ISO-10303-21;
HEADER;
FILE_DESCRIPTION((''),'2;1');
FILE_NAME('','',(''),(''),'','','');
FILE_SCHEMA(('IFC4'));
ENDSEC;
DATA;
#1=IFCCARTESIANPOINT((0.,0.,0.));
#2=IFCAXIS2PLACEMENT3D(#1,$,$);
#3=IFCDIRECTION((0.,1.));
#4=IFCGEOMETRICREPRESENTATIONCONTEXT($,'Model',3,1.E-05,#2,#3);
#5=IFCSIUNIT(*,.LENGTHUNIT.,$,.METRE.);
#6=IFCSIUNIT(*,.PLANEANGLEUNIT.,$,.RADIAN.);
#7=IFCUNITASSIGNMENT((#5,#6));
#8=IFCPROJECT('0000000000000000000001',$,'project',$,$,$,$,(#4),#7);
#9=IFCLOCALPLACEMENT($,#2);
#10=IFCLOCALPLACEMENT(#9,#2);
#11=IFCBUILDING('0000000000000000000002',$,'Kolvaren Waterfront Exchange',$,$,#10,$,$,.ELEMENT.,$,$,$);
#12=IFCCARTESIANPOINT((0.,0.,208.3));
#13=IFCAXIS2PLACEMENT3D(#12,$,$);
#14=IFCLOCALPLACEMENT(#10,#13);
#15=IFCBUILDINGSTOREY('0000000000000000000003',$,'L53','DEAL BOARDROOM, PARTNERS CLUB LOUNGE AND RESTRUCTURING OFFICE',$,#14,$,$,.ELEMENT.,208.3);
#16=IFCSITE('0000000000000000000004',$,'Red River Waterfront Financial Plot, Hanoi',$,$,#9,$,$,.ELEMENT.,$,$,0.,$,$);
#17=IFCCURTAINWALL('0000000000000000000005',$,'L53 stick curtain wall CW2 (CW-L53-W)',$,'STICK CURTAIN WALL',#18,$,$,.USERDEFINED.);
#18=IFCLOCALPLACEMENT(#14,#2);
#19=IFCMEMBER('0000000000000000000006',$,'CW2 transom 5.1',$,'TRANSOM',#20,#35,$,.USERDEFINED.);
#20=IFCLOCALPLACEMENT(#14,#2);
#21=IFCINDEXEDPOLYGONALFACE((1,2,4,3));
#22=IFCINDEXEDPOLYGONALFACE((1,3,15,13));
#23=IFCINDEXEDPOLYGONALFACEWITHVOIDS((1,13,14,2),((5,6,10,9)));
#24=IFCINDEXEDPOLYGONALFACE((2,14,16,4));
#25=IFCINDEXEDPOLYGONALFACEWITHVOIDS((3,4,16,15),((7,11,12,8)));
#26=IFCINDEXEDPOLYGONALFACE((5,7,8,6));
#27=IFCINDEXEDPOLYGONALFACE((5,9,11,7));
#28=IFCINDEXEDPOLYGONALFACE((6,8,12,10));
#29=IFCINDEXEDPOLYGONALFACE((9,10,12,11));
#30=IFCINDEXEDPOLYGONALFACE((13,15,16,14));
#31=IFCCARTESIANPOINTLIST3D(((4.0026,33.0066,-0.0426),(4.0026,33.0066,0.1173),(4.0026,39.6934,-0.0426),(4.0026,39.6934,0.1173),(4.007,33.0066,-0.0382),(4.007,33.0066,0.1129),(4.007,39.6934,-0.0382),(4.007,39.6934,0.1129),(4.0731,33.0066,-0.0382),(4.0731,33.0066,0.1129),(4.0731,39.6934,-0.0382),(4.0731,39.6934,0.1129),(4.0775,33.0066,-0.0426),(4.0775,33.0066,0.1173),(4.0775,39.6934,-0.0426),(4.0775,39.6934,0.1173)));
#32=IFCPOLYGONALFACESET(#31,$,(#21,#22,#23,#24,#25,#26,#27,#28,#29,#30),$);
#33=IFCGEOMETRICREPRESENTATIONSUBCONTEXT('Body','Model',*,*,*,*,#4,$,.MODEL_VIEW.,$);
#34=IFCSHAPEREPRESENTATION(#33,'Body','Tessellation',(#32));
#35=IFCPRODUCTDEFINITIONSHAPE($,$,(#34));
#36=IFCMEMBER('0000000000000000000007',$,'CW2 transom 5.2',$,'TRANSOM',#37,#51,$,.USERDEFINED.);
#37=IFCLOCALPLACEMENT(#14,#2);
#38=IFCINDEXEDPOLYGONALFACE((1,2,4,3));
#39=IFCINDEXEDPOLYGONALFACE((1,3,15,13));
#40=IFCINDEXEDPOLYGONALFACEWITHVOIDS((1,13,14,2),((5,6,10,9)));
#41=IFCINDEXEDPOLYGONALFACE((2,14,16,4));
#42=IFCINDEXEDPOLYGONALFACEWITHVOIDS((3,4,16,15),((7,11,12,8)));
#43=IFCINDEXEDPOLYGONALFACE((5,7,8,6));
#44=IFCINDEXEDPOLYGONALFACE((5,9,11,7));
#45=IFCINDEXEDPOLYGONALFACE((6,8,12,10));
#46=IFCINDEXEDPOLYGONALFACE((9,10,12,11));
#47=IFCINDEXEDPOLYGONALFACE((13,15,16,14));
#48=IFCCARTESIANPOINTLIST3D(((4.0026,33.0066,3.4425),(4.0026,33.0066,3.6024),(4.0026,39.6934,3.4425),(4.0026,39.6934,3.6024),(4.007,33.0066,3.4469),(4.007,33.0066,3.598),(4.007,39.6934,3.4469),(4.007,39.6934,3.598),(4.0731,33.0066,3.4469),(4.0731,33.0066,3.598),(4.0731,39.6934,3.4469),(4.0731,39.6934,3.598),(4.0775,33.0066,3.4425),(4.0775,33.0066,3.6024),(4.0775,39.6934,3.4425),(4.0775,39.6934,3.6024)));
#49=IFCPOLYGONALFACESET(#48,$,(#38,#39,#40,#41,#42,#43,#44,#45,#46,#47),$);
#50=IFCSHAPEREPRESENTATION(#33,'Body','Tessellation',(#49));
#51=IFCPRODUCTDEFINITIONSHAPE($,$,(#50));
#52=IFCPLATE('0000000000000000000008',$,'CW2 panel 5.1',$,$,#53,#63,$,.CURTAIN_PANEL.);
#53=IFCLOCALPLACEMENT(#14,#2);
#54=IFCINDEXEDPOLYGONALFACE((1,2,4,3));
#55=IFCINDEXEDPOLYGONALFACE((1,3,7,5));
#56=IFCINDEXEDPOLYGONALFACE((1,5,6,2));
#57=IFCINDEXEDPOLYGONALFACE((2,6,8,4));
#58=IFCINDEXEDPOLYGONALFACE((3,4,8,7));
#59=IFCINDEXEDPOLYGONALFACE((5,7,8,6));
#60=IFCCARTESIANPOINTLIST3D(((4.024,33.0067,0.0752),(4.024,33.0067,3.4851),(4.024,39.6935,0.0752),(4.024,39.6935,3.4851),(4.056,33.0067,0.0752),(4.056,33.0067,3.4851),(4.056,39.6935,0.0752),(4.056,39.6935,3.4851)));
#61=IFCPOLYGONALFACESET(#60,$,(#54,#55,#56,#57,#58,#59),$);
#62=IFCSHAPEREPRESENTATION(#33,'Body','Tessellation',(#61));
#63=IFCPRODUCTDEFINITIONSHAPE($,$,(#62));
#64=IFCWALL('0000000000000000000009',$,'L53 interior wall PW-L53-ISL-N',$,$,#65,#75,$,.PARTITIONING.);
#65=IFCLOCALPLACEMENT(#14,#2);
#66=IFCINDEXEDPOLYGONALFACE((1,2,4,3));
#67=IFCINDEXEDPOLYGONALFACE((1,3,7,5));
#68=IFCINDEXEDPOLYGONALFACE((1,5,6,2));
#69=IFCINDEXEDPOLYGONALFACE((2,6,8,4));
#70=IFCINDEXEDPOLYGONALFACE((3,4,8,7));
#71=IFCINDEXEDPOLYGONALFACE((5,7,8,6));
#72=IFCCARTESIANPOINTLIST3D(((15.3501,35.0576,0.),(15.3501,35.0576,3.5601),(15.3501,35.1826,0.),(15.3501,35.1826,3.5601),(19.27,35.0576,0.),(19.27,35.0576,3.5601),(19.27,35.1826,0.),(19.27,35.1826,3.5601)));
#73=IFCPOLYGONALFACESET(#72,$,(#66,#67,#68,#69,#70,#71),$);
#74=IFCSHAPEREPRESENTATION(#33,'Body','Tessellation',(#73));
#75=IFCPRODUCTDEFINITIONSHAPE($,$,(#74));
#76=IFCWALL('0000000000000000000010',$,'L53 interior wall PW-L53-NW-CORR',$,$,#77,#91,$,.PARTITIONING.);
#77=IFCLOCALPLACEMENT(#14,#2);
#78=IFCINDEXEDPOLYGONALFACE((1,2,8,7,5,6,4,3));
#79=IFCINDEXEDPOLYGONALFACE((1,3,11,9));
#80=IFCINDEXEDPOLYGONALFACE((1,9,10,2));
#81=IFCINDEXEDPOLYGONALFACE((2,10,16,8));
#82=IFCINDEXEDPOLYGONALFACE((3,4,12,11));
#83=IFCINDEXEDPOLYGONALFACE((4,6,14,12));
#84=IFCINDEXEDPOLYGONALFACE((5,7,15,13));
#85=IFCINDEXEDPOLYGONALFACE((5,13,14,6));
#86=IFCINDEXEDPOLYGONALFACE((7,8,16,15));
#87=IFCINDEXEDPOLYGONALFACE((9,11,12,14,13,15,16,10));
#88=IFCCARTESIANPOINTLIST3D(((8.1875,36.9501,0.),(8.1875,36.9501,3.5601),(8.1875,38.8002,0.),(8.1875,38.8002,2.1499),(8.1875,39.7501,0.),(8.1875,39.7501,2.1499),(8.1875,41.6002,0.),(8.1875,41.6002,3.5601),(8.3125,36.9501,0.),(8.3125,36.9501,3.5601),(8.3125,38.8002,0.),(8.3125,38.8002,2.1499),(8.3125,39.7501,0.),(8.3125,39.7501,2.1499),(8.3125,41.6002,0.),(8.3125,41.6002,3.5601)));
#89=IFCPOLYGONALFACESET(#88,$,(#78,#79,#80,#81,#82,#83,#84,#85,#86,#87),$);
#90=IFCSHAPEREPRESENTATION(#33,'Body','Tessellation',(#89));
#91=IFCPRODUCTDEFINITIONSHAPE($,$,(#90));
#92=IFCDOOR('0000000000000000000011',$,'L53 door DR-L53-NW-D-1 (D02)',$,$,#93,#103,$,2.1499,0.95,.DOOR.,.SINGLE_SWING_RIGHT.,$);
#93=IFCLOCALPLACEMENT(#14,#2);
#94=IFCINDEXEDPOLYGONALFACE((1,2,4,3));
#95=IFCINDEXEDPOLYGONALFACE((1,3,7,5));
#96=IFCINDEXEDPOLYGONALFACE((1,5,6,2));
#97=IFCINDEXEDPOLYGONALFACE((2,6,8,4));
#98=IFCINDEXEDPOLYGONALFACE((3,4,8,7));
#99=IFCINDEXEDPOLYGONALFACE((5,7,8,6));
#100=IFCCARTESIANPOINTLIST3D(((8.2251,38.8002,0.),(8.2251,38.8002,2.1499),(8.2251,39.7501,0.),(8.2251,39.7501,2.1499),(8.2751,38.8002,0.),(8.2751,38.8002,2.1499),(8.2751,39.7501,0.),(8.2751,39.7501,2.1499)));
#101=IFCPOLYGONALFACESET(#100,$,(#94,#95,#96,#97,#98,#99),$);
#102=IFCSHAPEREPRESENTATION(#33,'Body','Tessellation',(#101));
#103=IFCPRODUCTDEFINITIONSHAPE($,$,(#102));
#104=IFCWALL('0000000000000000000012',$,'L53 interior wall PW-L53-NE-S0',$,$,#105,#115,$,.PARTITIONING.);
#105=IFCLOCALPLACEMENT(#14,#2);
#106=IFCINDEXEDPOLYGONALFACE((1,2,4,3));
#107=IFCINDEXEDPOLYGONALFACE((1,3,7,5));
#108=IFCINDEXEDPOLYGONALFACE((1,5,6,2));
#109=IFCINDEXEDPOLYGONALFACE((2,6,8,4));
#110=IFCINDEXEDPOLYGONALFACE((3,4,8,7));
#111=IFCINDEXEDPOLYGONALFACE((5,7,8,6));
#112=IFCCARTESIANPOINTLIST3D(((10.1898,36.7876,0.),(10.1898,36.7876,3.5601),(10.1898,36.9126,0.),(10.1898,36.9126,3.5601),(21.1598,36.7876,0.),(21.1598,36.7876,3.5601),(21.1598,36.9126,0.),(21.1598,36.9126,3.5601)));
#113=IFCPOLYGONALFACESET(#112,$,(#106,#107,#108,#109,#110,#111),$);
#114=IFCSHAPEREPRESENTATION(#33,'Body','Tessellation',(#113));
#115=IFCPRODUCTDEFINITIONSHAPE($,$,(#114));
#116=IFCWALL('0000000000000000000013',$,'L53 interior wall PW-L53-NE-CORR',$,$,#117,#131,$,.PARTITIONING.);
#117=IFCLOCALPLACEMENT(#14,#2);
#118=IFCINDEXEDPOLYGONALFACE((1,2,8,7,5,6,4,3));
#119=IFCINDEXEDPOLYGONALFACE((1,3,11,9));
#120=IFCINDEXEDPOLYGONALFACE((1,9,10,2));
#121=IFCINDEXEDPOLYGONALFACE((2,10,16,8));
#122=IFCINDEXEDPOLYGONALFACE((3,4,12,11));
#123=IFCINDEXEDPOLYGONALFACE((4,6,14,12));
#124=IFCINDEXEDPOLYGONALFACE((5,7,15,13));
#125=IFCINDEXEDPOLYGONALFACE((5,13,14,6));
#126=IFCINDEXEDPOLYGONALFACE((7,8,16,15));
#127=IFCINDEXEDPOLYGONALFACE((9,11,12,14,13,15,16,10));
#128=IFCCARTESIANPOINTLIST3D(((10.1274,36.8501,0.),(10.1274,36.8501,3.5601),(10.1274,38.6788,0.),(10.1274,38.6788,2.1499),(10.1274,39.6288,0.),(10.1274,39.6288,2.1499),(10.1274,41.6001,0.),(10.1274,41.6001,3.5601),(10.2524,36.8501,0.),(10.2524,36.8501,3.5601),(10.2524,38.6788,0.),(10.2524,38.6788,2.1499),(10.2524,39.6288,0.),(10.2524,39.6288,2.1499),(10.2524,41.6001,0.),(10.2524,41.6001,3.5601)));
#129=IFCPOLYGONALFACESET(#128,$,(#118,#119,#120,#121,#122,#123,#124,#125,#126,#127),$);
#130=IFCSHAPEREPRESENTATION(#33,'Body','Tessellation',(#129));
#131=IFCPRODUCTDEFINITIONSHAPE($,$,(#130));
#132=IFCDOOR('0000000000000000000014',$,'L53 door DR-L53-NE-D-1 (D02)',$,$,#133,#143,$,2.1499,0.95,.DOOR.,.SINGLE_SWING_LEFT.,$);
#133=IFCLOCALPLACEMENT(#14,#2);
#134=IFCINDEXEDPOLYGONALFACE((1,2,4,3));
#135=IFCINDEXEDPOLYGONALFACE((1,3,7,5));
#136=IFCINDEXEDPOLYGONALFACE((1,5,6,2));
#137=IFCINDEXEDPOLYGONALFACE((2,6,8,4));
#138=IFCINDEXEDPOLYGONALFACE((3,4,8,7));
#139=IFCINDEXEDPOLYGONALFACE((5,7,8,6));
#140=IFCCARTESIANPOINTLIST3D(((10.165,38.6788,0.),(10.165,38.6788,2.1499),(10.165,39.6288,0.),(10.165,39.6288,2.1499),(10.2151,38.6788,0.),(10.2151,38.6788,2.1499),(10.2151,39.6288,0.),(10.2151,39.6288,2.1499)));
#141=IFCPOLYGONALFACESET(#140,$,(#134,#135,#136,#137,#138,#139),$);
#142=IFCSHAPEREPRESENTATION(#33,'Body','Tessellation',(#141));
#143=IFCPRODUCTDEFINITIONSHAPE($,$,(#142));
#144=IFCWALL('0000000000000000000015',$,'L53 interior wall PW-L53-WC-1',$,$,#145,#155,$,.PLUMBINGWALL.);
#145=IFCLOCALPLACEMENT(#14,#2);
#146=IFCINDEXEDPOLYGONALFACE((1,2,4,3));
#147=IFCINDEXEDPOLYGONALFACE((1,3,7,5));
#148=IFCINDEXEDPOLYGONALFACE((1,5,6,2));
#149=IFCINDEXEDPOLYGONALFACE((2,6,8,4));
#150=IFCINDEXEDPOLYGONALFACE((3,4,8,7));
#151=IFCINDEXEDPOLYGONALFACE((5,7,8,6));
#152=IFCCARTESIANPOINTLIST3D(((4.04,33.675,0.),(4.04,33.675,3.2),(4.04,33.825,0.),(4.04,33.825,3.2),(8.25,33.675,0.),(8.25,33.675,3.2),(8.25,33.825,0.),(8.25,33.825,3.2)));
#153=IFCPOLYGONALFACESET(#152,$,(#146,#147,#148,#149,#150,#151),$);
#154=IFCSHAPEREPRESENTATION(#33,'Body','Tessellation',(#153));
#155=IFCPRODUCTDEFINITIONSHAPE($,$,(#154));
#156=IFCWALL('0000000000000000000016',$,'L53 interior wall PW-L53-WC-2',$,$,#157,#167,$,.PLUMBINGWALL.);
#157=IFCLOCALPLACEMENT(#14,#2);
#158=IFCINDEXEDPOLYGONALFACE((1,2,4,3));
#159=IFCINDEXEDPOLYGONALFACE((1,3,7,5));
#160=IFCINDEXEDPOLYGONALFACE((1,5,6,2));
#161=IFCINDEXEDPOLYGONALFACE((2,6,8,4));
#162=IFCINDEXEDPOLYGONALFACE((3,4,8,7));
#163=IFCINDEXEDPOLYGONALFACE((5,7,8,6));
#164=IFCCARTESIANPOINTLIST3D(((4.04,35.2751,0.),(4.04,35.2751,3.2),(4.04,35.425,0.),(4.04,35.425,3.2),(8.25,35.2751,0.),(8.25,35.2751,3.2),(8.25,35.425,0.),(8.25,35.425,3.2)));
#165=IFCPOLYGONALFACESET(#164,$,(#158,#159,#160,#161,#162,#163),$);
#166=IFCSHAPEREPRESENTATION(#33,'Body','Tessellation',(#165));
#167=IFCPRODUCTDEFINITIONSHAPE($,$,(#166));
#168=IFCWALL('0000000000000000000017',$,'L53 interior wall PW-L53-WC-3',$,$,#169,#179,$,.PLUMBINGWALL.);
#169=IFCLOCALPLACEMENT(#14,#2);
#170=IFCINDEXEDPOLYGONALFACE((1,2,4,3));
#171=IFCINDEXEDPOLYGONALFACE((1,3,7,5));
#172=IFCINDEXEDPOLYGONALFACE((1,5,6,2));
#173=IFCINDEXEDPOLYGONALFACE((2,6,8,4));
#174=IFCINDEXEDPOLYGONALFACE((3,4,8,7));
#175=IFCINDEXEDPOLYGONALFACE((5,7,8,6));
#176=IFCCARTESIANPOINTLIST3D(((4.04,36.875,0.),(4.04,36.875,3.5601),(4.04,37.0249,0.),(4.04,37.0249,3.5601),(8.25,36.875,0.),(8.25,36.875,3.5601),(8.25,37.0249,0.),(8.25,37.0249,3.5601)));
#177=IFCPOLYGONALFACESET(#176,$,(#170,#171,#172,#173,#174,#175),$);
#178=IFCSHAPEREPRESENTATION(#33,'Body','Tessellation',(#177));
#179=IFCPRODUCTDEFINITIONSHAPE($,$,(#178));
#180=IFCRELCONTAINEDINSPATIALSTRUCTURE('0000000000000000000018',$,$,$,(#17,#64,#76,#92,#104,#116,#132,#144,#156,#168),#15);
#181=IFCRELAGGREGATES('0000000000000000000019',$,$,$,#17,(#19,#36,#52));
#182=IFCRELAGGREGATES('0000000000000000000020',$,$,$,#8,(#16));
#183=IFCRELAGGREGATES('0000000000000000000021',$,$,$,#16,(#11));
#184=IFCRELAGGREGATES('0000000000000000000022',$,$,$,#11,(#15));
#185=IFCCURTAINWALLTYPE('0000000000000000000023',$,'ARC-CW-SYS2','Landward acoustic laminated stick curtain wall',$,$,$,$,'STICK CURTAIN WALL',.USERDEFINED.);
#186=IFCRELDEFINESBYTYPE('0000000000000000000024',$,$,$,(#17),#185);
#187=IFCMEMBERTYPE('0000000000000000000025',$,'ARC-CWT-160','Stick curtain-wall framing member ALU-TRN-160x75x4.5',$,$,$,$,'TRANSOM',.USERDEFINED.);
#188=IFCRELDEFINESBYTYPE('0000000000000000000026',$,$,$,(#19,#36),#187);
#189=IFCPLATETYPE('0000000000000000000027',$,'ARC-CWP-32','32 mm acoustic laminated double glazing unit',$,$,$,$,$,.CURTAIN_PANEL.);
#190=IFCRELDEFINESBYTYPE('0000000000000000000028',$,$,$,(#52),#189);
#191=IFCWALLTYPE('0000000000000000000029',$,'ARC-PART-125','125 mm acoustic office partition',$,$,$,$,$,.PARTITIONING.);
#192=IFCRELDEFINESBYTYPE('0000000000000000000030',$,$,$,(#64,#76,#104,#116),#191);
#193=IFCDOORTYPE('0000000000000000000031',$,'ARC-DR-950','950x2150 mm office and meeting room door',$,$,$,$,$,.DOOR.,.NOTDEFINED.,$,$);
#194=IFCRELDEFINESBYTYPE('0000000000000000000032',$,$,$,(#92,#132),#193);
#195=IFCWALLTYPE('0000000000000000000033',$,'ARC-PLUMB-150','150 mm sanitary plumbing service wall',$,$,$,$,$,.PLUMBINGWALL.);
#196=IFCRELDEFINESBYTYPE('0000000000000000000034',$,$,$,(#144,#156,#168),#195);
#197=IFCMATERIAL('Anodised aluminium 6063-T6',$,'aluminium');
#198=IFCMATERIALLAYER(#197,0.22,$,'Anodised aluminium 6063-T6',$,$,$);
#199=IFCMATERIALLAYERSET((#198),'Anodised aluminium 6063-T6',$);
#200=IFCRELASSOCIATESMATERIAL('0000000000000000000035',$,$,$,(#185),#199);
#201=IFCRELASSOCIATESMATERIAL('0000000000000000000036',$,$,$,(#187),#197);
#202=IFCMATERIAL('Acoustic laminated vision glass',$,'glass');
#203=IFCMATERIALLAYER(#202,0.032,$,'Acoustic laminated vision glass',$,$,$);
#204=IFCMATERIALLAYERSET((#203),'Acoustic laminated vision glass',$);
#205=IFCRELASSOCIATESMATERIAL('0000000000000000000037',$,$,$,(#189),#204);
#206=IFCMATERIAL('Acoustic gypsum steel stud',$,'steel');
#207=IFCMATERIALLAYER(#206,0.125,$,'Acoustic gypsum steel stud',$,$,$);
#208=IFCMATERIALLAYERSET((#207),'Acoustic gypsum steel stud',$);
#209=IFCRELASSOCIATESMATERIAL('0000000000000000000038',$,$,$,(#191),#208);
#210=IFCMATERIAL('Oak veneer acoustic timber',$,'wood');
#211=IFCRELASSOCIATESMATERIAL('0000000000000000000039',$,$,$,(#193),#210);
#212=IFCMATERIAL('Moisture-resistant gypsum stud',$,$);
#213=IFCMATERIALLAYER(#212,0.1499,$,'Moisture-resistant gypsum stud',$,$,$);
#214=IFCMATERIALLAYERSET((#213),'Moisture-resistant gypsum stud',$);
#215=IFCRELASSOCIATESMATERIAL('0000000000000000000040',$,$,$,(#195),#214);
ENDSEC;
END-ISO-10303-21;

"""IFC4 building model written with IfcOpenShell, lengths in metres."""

from ifc_helpers import new_model, si_unit, direction, frame, frame_2d, origin, origin_with_axes, origin_2d, place, context, subcontext, project, spatial, rectangle, hollow_rectangle, extrude, source, transform, mapped, material, layer, layer_set, material_profile, profile_set, type_object, element, fill, aggregate, save


model = new_model("IFC4")

# Units and contexts
model_context = context("Model", 3, precision=1e-05, world=origin(), true_north=direction((0.0, 1.0)))
body_context = subcontext(model_context, "Body", "Model", "MODEL_VIEW")
ifc_project = project(units=[si_unit("LENGTHUNIT", "METRE"), si_unit("PLANEANGLEUNIT", "RADIAN")], contexts=[model_context])

# Site, building, storey
site_placement = place(None, origin())
site = spatial("IfcSite", under=ifc_project, at=site_placement, Name="Red River Waterfront Financial Plot, Hanoi", CompositionType="ELEMENT", RefElevation=0.0)
building_placement = place(site_placement, origin())
building = spatial("IfcBuilding", under=site, at=building_placement, Name="Kolvaren Waterfront Exchange", CompositionType="ELEMENT")
storey_placement = place(building_placement, frame((0.0, 0.0, 208.3)))
storey = spatial("IfcBuildingStorey", under=building, at=storey_placement, Name="L53", Description="DEAL BOARDROOM, PARTNERS CLUB LOUNGE AND RESTRUCTURING OFFICE", CompositionType="ELEMENT", Elevation=208.3)

# Curtain wall, members, plate
ifc_material_1 = material(Name="Anodised aluminium 6063-T6", Category="aluminium")
ifc_layer_1 = layer(ifc_material_1, 0.22, Name="Anodised aluminium 6063-T6")
ifc_layer_set_1 = layer_set([ifc_layer_1], Name="Anodised aluminium 6063-T6")
curtain_wall_type = type_object("IfcCurtainWallType", Name="ARC-CW-SYS2", Description="Landward acoustic laminated stick curtain wall", ElementType="STICK CURTAIN WALL", PredefinedType="USERDEFINED", material=ifc_layer_set_1)
curtain_wall_placement = place(storey_placement, origin())
curtain_wall = element("IfcCurtainWall", 1, at=curtain_wall_placement, inside=storey, type_object=curtain_wall_type, Name="L53 stick curtain wall CW2 (CW-L53-W)", ObjectType="STICK CURTAIN WALL", PredefinedType="USERDEFINED")
ifc_material_profile_1 = material_profile(ifc_material_1, hollow_rectangle(XDim=0.075, YDim=0.1599, WallThickness=0.0044, at=origin_2d()), Name="ALU-TRN-160x75x4.5")
ifc_profile_set_1 = profile_set([ifc_material_profile_1], Name="Anodised aluminium 6063-T6")
member_type = type_object("IfcMemberType", Name="ARC-CWT-160", Description="Stick curtain-wall framing member ALU-TRN-160x75x4.5", ElementType="TRANSOM", PredefinedType="USERDEFINED", material=ifc_profile_set_1)
shared_shape_1 = source(origin_with_axes(), body_context, "Body", "SweptSolid", [
    extrude(hollow_rectangle(XDim=0.075, YDim=0.1599, WallThickness=0.0044, at=origin_2d()), origin(), (0.0, 0.0, 1.0), 6.6868),
])
member_1_placement = place(storey_placement, frame((4.04, 33.0066, 0.0374), z_axis=(0.0, 1.0, 0.0), x_axis=(-1.0, 0.0, 0.0)))
member_1 = element("IfcMember", 2, at=member_1_placement, type_object=member_type, Name="CW2 transom 5.1", ObjectType="TRANSOM", PredefinedType="USERDEFINED", context=body_context, shape_type="MappedRepresentation", body=[
    mapped(shared_shape_1, transform((0.0, 0.0, 0.0), x_axis=(1.0, 0.0, 0.0), y_axis=(0.0, 1.0, 0.0), z_axis=(0.0, 0.0, 1.0), scale=1.0)),
])
member_2_placement = place(storey_placement, frame((4.04, 33.0066, 3.5225), z_axis=(0.0, 1.0, 0.0), x_axis=(-1.0, 0.0, 0.0)))
member_2 = element("IfcMember", 3, at=member_2_placement, type_object=member_type, Name="CW2 transom 5.2", ObjectType="TRANSOM", PredefinedType="USERDEFINED", context=body_context, shape_type="MappedRepresentation", body=[
    mapped(shared_shape_1, transform((0.0, 0.0, 0.0), x_axis=(1.0, 0.0, 0.0), y_axis=(0.0, 1.0, 0.0), z_axis=(0.0, 0.0, 1.0), scale=1.0)),
])
ifc_material_2 = material(Name="Acoustic laminated vision glass", Category="glass")
ifc_layer_2 = layer(ifc_material_2, 0.032, Name="Acoustic laminated vision glass")
ifc_layer_set_2 = layer_set([ifc_layer_2], Name="Acoustic laminated vision glass")
plate_type = type_object("IfcPlateType", Name="ARC-CWP-32", Description="32 mm acoustic laminated double glazing unit", PredefinedType="CURTAIN_PANEL", material=ifc_layer_set_2)
shared_shape_2 = source(origin_with_axes(), body_context, "Body", "SweptSolid", [
    extrude(rectangle(XDim=6.6868, YDim=0.032, at=origin_2d()), origin(), (0.0, 0.0, 1.0), 3.4099),
])
plate_placement = place(storey_placement, frame((4.04, 36.3501, 0.0752), z_axis=(0.0, 0.0, 1.0), x_axis=(0.0, 1.0, 0.0)))
plate = element("IfcPlate", 4, at=plate_placement, type_object=plate_type, Name="CW2 panel 5.1", PredefinedType="CURTAIN_PANEL", context=body_context, shape_type="MappedRepresentation", body=[
    mapped(shared_shape_2, transform((0.0, 0.0, 0.0), x_axis=(1.0, 0.0, 0.0), y_axis=(0.0, 1.0, 0.0), z_axis=(0.0, 0.0, 1.0), scale=1.0)),
])
aggregate(curtain_wall, [member_1, member_2, plate])

# Wall
ifc_material_3 = material(Name="Acoustic gypsum steel stud", Category="steel")
ifc_layer_3 = layer(ifc_material_3, 0.125, Name="Acoustic gypsum steel stud")
ifc_layer_set_3 = layer_set([ifc_layer_3], Name="Acoustic gypsum steel stud")
wall_type_1 = type_object("IfcWallType", Name="ARC-PART-125", Description="125 mm acoustic office partition", PredefinedType="PARTITIONING", material=ifc_layer_set_3)
wall_1_placement = place(storey_placement, frame((15.3501, 35.1201, 0.0), z_axis=(0.0, 0.0, 1.0), x_axis=(1.0, 0.0, 0.0)))
element("IfcWall", 5, at=wall_1_placement, inside=storey, type_object=wall_type_1, Name="L53 interior wall PW-L53-ISL-N", PredefinedType="PARTITIONING", context=body_context, shape_type="SweptSolid", body=[
    extrude(rectangle(XDim=3.9199, YDim=0.125, at=frame_2d((1.96, 0.0))), origin(), (0.0, 0.0, 1.0), 3.5601),
])

# Wall, opening, door
wall_2_placement = place(storey_placement, frame((8.25, 36.95, 0.0), z_axis=(0.0, 0.0, 1.0), x_axis=(0.0, 1.0, 0.0)))
wall_2 = element("IfcWall", 6, at=wall_2_placement, inside=storey, type_object=wall_type_1, Name="L53 interior wall PW-L53-NW-CORR", PredefinedType="PARTITIONING", context=body_context, shape_type="SweptSolid", body=[
    extrude(rectangle(XDim=4.6501, YDim=0.125, at=frame_2d((2.3252, 0.0))), origin(), (0.0, 0.0, 1.0), 3.5601),
])
opening_1_placement = place(wall_2_placement, frame((1.8501, 0.0, 0.0)))
opening_1 = element("IfcOpeningElement", 7, at=opening_1_placement, cuts=wall_2, PredefinedType="OPENING", context=body_context, shape_type="SweptSolid", body=[
    extrude(rectangle(XDim=0.95, YDim=2.1499, at=frame_2d((0.4751, 1.075))), frame((0.0, 0.0725, 0.0), z_axis=(0.0, -1.0, 0.0), x_axis=(1.0, 0.0, 0.0)), (0.0, 0.0, 1.0), 0.145),
])
ifc_material_4 = material(Name="Oak veneer acoustic timber", Category="wood")
door_type = type_object("IfcDoorType", Name="ARC-DR-950", Description="950x2150 mm office and meeting room door", OperationType="NOTDEFINED", PredefinedType="DOOR", material=ifc_material_4)
door_1_placement = place(opening_1_placement, origin())
door_1 = element("IfcDoor", 8, at=door_1_placement, inside=storey, type_object=door_type, Name="L53 door DR-L53-NW-D-1 (D02)", OperationType="SINGLE_SWING_RIGHT", OverallHeight=2.1499, OverallWidth=0.95, PredefinedType="DOOR", context=body_context, shape_type="SweptSolid", body=[
    extrude(rectangle(XDim=0.95, YDim=2.1499, at=frame_2d((0.4751, 1.075))), frame((0.0, 0.0249, 0.0), z_axis=(0.0, -1.0, 0.0), x_axis=(1.0, 0.0, 0.0)), (0.0, 0.0, 1.0), 0.05),
])
fill(opening_1, door_1)

# Wall
wall_3_placement = place(storey_placement, frame((10.1899, 36.8501, 0.0), z_axis=(0.0, 0.0, 1.0), x_axis=(1.0, 0.0, 0.0)))
element("IfcWall", 9, at=wall_3_placement, inside=storey, type_object=wall_type_1, Name="L53 interior wall PW-L53-NE-S0", PredefinedType="PARTITIONING", context=body_context, shape_type="SweptSolid", body=[
    extrude(rectangle(XDim=10.97, YDim=0.125, at=frame_2d((5.4849, 0.0))), origin(), (0.0, 0.0, 1.0), 3.5601),
])

# Wall, opening, door
wall_4_placement = place(storey_placement, frame((10.1899, 36.8501, 0.0), z_axis=(0.0, 0.0, 1.0), x_axis=(0.0, 1.0, 0.0)))
wall_4 = element("IfcWall", 10, at=wall_4_placement, inside=storey, type_object=wall_type_1, Name="L53 interior wall PW-L53-NE-CORR", PredefinedType="PARTITIONING", context=body_context, shape_type="SweptSolid", body=[
    extrude(rectangle(XDim=4.75, YDim=0.125, at=frame_2d((2.375, 0.0))), origin(), (0.0, 0.0, 1.0), 3.5601),
])
opening_2_placement = place(wall_4_placement, frame((1.8286, 0.0, 0.0)))
opening_2 = element("IfcOpeningElement", 11, at=opening_2_placement, cuts=wall_4, PredefinedType="OPENING", context=body_context, shape_type="SweptSolid", body=[
    extrude(rectangle(XDim=0.95, YDim=2.1499, at=frame_2d((0.4751, 1.075))), frame((0.0, 0.0725, 0.0), z_axis=(0.0, -1.0, 0.0), x_axis=(1.0, 0.0, 0.0)), (0.0, 0.0, 1.0), 0.145),
])
door_2_placement = place(opening_2_placement, origin())
door_2 = element("IfcDoor", 12, at=door_2_placement, inside=storey, type_object=door_type, Name="L53 door DR-L53-NE-D-1 (D02)", OperationType="SINGLE_SWING_LEFT", OverallHeight=2.1499, OverallWidth=0.95, PredefinedType="DOOR", context=body_context, shape_type="SweptSolid", body=[
    extrude(rectangle(XDim=0.95, YDim=2.1499, at=frame_2d((0.4751, 1.075))), frame((0.0, 0.0249, 0.0), z_axis=(0.0, -1.0, 0.0), x_axis=(1.0, 0.0, 0.0)), (0.0, 0.0, 1.0), 0.05),
])
fill(opening_2, door_2)

# Walls
ifc_material_5 = material(Name="Moisture-resistant gypsum stud")
ifc_layer_4 = layer(ifc_material_5, 0.1499, Name="Moisture-resistant gypsum stud")
ifc_layer_set_4 = layer_set([ifc_layer_4], Name="Moisture-resistant gypsum stud")
wall_type_2 = type_object("IfcWallType", Name="ARC-PLUMB-150", Description="150 mm sanitary plumbing service wall", PredefinedType="PLUMBINGWALL", material=ifc_layer_set_4)
for number, where, z_axis, x_axis, name in (
    (13, (4.04, 33.75, 0.0), (0.0, 0.0, 1.0), (1.0, 0.0, 0.0), "L53 interior wall PW-L53-WC-1"),
    (14, (4.04, 35.3501, 0.0), (0.0, 0.0, 1.0), (1.0, 0.0, 0.0), "L53 interior wall PW-L53-WC-2"),
):
    element("IfcWall", number, at=place(storey_placement, frame(where, z_axis=z_axis, x_axis=x_axis)), inside=storey, type_object=wall_type_2, Name=name, PredefinedType="PLUMBINGWALL", context=body_context, shape_type="SweptSolid", body=[
        extrude(rectangle(XDim=4.21, YDim=0.1499, at=frame_2d((2.105, 0.0))), origin(), (0.0, 0.0, 1.0), 3.2),
    ])
wall_5_placement = place(storey_placement, frame((4.04, 36.95, 0.0), z_axis=(0.0, 0.0, 1.0), x_axis=(1.0, 0.0, 0.0)))
element("IfcWall", 15, at=wall_5_placement, inside=storey, type_object=wall_type_2, Name="L53 interior wall PW-L53-WC-3", PredefinedType="PLUMBINGWALL", context=body_context, shape_type="SweptSolid", body=[
    extrude(rectangle(XDim=4.21, YDim=0.1499, at=frame_2d((2.105, 0.0))), origin(), (0.0, 0.0, 1.0), 3.5601),
])

save(model, "model.ifc")
